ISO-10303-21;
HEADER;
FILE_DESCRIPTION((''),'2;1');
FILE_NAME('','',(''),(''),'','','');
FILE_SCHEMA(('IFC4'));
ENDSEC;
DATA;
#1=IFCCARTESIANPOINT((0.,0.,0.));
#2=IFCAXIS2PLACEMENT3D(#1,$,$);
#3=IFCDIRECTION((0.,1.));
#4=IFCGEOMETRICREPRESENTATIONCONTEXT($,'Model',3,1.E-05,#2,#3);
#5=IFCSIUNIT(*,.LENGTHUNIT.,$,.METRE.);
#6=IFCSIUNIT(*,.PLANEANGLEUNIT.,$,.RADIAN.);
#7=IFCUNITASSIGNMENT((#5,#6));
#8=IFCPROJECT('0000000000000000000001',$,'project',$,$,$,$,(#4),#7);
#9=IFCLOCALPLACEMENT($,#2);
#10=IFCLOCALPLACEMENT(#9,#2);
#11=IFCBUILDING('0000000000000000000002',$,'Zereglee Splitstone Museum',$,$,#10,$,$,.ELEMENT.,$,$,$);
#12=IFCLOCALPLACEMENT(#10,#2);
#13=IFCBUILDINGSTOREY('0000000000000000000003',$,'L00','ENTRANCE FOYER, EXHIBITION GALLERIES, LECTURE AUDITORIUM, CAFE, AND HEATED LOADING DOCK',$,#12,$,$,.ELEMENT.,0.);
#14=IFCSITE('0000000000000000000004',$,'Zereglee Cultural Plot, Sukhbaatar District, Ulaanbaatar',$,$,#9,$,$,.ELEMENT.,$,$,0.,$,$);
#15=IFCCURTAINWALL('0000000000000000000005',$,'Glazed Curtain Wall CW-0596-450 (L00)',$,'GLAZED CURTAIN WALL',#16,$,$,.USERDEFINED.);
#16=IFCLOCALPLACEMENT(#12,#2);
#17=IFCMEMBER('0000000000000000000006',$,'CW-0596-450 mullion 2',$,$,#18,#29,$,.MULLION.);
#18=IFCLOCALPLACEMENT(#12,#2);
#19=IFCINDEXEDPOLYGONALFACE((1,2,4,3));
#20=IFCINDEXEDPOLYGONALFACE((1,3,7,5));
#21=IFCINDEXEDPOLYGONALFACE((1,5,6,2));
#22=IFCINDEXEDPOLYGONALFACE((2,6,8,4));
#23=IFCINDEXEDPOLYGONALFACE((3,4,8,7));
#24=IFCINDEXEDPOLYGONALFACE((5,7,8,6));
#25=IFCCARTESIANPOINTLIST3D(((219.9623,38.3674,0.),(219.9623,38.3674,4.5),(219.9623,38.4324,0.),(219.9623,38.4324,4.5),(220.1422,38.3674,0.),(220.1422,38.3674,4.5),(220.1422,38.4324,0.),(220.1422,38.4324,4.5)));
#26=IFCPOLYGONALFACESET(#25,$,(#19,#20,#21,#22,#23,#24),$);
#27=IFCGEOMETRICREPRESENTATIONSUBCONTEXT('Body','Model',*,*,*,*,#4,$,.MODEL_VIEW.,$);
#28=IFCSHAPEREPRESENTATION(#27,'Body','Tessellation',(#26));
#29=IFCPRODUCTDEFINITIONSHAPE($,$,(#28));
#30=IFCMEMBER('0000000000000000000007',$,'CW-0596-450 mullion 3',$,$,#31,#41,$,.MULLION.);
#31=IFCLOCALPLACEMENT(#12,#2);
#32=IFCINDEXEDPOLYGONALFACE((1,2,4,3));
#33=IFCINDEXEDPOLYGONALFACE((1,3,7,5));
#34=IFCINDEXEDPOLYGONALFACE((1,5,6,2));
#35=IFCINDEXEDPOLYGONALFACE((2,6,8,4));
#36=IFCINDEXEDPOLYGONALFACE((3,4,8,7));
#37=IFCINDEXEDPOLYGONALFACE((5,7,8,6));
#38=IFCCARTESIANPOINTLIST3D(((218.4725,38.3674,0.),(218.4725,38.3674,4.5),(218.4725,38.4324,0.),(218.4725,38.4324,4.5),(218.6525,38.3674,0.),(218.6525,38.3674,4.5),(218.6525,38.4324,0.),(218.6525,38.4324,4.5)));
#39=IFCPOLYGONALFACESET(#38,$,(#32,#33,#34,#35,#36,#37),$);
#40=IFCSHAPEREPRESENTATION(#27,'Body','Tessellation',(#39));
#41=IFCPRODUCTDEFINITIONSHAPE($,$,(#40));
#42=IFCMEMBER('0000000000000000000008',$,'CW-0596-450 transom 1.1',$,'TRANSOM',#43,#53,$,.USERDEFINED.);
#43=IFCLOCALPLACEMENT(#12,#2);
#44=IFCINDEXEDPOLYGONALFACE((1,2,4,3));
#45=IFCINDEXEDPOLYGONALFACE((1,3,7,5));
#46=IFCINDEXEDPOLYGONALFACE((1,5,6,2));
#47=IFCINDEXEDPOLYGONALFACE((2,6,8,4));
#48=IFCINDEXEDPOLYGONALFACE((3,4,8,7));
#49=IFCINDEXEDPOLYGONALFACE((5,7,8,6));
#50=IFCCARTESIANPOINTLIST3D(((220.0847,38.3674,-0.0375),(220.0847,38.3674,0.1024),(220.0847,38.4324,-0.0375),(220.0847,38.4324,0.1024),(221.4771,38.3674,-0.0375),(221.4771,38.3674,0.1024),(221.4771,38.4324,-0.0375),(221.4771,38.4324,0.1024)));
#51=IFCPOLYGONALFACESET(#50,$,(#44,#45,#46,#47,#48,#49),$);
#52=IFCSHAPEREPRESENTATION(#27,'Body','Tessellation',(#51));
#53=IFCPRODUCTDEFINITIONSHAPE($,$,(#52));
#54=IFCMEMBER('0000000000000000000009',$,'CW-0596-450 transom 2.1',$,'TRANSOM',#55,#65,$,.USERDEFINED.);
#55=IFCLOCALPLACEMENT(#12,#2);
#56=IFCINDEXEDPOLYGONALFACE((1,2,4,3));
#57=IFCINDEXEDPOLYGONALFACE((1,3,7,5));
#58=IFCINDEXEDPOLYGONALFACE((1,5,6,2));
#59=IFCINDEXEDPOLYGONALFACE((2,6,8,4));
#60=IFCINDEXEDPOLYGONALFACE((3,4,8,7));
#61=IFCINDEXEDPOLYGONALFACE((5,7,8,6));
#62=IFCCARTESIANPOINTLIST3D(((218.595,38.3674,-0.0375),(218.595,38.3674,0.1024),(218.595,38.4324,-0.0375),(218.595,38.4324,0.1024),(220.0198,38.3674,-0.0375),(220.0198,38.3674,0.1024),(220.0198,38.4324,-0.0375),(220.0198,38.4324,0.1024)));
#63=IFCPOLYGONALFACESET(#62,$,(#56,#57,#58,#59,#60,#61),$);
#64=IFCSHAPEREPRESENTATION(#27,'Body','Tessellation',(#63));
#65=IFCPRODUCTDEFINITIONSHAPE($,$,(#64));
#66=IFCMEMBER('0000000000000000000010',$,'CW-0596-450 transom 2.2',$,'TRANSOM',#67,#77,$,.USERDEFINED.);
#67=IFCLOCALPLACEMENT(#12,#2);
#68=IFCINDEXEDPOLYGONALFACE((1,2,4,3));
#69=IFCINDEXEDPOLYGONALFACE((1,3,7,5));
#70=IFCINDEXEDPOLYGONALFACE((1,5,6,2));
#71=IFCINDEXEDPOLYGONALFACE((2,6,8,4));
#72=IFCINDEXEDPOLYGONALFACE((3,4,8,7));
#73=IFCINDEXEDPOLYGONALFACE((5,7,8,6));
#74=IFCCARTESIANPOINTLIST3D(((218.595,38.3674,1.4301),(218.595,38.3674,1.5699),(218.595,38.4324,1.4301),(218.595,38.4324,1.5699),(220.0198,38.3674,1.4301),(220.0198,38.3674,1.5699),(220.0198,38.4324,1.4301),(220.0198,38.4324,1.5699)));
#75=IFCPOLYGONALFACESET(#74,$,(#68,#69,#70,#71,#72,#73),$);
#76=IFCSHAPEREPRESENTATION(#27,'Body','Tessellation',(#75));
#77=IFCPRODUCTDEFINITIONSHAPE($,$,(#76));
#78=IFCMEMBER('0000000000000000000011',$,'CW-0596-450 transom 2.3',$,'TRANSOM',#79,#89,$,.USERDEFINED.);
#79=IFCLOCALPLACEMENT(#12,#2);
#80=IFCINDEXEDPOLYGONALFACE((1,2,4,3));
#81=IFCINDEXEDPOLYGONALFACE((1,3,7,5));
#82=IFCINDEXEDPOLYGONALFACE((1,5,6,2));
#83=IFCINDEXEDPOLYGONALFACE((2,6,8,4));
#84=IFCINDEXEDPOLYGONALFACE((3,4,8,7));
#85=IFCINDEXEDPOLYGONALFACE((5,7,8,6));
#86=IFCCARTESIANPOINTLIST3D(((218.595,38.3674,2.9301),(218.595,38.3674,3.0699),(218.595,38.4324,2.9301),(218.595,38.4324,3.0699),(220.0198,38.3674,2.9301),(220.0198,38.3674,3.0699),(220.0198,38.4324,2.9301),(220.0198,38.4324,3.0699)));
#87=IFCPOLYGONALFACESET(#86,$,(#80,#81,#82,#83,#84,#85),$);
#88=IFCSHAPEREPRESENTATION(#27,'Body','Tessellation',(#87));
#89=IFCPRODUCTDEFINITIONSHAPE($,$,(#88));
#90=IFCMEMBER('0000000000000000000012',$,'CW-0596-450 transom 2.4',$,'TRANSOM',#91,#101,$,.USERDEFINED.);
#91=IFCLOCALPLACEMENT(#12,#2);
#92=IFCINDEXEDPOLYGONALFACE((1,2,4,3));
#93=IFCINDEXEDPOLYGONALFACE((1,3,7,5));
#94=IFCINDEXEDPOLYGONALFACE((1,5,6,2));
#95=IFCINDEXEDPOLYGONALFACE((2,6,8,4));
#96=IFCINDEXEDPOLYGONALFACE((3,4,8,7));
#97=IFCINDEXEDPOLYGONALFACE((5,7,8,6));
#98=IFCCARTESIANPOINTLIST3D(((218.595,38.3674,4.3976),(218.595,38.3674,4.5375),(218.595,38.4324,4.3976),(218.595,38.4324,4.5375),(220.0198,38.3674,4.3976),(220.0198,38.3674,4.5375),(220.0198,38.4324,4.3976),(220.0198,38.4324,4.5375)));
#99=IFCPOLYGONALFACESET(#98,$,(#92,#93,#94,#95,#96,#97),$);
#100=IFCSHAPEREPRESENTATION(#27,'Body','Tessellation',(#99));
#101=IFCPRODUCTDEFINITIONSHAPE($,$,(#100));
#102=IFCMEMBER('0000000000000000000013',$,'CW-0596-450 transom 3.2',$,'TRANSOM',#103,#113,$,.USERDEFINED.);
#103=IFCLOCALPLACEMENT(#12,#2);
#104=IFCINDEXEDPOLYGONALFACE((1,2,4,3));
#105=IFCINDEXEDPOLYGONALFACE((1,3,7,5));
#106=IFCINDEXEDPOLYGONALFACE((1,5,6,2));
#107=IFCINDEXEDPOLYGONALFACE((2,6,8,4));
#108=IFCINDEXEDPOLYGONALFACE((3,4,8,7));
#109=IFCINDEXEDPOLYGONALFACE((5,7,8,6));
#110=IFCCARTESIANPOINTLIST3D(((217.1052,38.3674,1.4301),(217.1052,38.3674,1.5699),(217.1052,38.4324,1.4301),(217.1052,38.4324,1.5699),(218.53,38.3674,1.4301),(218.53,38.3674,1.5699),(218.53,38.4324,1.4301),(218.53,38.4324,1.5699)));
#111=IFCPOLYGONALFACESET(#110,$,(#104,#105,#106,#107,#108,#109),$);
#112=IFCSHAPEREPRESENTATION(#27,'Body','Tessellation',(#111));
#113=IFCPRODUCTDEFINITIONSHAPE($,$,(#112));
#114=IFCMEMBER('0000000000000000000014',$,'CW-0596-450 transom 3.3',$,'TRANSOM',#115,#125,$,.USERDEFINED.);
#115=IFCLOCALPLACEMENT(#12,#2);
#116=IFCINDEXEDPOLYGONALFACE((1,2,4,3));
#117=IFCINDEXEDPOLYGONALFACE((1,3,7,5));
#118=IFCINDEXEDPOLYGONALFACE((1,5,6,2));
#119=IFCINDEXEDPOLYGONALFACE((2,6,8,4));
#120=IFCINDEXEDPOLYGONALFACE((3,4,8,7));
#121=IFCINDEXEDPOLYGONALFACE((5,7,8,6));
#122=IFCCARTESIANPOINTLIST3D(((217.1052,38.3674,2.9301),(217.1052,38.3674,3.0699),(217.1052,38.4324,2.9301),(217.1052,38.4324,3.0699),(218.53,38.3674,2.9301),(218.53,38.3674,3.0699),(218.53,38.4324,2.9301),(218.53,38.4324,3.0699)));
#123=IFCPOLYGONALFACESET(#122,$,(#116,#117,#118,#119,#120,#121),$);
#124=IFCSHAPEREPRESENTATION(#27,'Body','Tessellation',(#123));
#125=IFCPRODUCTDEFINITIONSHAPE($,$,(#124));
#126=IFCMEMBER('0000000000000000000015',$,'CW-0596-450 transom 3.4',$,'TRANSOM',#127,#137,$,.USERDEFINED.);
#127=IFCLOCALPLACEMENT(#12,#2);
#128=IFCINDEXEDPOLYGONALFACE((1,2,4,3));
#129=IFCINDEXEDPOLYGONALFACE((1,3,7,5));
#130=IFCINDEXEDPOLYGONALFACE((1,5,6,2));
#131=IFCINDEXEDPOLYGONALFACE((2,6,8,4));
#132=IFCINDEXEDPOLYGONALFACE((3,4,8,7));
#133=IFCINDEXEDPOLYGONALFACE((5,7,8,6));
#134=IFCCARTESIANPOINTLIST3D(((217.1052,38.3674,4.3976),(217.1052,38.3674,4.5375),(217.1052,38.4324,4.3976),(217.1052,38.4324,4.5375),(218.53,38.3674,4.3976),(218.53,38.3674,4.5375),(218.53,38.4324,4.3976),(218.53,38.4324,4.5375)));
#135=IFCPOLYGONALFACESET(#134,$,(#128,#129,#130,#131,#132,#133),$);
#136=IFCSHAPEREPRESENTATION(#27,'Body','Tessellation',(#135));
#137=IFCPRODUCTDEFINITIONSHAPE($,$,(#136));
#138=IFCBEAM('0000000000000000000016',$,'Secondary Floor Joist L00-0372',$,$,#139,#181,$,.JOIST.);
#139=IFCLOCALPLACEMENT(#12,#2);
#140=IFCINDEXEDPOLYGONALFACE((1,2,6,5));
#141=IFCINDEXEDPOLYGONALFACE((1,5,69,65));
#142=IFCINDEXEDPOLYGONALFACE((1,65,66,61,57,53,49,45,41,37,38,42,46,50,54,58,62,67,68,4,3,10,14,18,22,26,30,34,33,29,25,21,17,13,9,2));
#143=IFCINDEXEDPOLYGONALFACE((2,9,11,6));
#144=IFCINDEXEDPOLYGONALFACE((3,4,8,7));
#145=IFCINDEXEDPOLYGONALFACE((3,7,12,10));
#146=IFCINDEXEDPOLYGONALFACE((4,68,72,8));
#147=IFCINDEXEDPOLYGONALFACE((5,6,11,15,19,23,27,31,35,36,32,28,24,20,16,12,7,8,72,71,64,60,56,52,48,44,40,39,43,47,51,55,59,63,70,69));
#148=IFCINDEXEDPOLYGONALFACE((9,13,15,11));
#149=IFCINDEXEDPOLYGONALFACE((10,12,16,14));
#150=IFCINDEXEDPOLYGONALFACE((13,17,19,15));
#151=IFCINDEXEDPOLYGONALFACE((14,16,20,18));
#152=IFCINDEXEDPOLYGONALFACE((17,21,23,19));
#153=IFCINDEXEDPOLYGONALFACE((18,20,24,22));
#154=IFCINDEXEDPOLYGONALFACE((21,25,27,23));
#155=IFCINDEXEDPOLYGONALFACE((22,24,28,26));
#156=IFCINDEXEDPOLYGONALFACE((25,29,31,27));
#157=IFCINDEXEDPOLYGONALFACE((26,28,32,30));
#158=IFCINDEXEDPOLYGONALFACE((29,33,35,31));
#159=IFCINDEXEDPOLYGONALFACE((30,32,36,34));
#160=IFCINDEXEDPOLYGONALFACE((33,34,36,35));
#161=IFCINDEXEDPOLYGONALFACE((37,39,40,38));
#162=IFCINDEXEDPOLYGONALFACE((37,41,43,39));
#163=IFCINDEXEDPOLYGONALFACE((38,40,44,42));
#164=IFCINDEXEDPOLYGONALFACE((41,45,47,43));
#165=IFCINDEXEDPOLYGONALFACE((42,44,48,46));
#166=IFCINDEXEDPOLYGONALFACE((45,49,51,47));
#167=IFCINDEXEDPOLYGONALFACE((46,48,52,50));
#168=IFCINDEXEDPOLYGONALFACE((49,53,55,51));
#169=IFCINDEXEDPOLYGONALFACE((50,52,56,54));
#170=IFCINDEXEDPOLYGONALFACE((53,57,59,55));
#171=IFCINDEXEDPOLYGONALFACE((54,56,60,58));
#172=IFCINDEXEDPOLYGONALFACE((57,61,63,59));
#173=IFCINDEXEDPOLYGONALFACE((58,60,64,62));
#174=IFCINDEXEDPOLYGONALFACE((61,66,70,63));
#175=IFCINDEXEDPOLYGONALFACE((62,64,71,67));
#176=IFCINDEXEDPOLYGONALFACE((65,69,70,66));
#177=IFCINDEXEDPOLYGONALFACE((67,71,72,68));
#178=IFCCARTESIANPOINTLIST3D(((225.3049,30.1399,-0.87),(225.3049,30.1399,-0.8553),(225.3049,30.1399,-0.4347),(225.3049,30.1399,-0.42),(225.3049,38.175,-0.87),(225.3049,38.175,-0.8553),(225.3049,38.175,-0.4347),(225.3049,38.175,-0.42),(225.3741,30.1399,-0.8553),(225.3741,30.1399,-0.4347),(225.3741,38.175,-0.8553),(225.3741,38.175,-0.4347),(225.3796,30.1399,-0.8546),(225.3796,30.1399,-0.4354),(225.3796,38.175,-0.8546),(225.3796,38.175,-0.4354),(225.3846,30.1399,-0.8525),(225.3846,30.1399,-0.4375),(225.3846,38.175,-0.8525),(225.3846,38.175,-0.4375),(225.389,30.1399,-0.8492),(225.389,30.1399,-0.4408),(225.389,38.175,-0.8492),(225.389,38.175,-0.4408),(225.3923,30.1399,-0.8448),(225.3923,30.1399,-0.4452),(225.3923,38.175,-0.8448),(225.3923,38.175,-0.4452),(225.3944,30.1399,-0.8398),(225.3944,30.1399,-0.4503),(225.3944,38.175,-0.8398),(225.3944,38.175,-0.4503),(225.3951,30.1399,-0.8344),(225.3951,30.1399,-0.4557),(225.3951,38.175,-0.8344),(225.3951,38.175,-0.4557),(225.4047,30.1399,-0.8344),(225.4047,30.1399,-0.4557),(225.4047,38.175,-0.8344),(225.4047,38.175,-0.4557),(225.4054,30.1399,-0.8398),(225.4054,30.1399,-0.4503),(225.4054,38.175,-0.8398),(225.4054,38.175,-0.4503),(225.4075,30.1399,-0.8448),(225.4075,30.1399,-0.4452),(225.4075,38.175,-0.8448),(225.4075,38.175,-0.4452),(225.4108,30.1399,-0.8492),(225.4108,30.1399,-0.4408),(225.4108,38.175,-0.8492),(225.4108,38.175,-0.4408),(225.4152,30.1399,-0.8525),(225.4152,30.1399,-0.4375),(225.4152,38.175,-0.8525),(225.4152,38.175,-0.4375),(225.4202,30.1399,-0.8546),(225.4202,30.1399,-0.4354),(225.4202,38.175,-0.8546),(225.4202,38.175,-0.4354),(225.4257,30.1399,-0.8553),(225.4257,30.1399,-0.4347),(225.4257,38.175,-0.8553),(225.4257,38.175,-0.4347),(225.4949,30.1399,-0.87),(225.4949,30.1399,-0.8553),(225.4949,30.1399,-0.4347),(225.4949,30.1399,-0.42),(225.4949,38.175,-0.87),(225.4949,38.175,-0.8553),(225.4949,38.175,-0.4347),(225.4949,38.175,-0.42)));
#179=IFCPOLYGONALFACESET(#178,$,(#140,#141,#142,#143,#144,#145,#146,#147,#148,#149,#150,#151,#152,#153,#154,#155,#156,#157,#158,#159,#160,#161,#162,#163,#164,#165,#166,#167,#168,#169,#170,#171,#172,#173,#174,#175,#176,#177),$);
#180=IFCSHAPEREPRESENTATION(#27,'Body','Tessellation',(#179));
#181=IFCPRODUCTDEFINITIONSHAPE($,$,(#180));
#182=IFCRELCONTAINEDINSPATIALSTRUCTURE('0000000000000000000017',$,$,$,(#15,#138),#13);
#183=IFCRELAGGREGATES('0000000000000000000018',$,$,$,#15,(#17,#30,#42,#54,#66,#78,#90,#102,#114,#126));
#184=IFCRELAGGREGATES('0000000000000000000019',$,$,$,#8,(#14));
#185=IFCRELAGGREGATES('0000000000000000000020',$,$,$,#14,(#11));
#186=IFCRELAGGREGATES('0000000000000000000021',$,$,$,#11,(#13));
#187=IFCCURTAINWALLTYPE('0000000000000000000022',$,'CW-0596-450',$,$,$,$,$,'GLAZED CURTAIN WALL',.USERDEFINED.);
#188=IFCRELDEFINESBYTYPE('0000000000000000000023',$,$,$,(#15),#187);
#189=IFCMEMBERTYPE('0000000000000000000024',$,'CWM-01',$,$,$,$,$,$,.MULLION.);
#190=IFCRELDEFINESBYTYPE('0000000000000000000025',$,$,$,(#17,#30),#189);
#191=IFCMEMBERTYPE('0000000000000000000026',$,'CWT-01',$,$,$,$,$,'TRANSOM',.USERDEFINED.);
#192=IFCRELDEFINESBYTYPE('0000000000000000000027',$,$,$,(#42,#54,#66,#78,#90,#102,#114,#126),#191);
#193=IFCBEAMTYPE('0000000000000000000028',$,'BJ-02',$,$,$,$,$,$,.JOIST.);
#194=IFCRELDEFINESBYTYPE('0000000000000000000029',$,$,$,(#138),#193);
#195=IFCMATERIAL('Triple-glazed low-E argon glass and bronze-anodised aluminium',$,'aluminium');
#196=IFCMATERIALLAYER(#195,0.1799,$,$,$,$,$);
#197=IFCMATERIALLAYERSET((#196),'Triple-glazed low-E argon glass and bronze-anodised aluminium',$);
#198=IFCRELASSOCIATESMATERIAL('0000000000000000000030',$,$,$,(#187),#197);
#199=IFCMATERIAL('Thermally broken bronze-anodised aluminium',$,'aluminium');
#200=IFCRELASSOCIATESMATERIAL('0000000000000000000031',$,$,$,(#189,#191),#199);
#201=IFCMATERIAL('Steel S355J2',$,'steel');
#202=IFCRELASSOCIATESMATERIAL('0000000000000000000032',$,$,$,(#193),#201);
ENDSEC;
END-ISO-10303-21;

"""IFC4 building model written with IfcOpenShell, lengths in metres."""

from ifc_helpers import new_model, si_unit, direction, frame, origin, origin_2d, place, context, subcontext, project, spatial, rectangle, i_section, extrude, material, layer, layer_set, material_profile, profile_set, type_object, element, aggregate, save


model = new_model("IFC4")

# Units and contexts
model_context = context("Model", 3, precision=1e-05, world=origin(), true_north=direction((0.0, 1.0)))
body_context = subcontext(model_context, "Body", "Model", "MODEL_VIEW")
ifc_project = project(units=[si_unit("LENGTHUNIT", "METRE"), si_unit("PLANEANGLEUNIT", "RADIAN")], contexts=[model_context])

# Site, building, storey
site_placement = place(None, origin())
site = spatial("IfcSite", under=ifc_project, at=site_placement, Name="Zereglee Cultural Plot, Sukhbaatar District, Ulaanbaatar", CompositionType="ELEMENT", RefElevation=0.0)
building_placement = place(site_placement, origin())
building = spatial("IfcBuilding", under=site, at=building_placement, Name="Zereglee Splitstone Museum", CompositionType="ELEMENT")
storey_placement = place(building_placement, origin())
storey = spatial("IfcBuildingStorey", under=building, at=storey_placement, Name="L00", Description="ENTRANCE FOYER, EXHIBITION GALLERIES, LECTURE AUDITORIUM, CAFE, AND HEATED LOADING DOCK", CompositionType="ELEMENT", Elevation=0.0)

# Curtain wall, members
ifc_material_1 = material(Name="Triple-glazed low-E argon glass and bronze-anodised aluminium", Category="aluminium")
ifc_layer_1 = layer(ifc_material_1, 0.1799)
ifc_layer_set_1 = layer_set([ifc_layer_1], Name="Triple-glazed low-E argon glass and bronze-anodised aluminium")
curtain_wall_type_1 = type_object("IfcCurtainWallType", Name="CW-0596-450", ElementType="GLAZED CURTAIN WALL", PredefinedType="USERDEFINED", material=ifc_layer_set_1)
curtain_wall_1_placement = place(storey_placement, origin())
curtain_wall_1 = element("IfcCurtainWall", 1, at=curtain_wall_1_placement, inside=storey, type_object=curtain_wall_type_1, Name="Glazed Curtain Wall CW-0596-450 (L00)", ObjectType="GLAZED CURTAIN WALL", PredefinedType="USERDEFINED")
ifc_material_2 = material(Name="Thermally broken bronze-anodised aluminium", Category="aluminium")
ifc_material_profile_1 = material_profile(ifc_material_2, rectangle(XDim=0.0649, YDim=0.1799, at=origin_2d()), Name="CW MULL 65x180")
ifc_profile_set_1 = profile_set([ifc_material_profile_1], Name="Thermally broken bronze-anodised aluminium")
member_type_1 = type_object("IfcMemberType", Name="CWM-01", PredefinedType="MULLION", material=ifc_profile_set_1)
member_1_placement = place(storey_placement, frame((220.0522, 38.3999, 0.0), z_axis=(0.0, 0.0, 1.0), x_axis=(0.0, -1.0, 0.0)))
member_1 = element("IfcMember", 2, at=member_1_placement, type_object=member_type_1, Name="CW-0596-450 mullion 2", PredefinedType="MULLION", context=body_context, shape_type="SweptSolid", body=[
    extrude(rectangle(XDim=0.0649, YDim=0.1799, at=origin_2d()), origin(), (0.0, 0.0, 1.0), 4.5),
])
member_2_placement = place(storey_placement, frame((218.5625, 38.3999, 0.0), z_axis=(0.0, 0.0, 1.0), x_axis=(0.0, -1.0, 0.0)))
member_2 = element("IfcMember", 3, at=member_2_placement, type_object=member_type_1, Name="CW-0596-450 mullion 3", PredefinedType="MULLION", context=body_context, shape_type="SweptSolid", body=[
    extrude(rectangle(XDim=0.0649, YDim=0.1799, at=origin_2d()), origin(), (0.0, 0.0, 1.0), 4.5),
])
ifc_material_profile_2 = material_profile(ifc_material_2, rectangle(XDim=0.0649, YDim=0.1399, at=origin_2d()), Name="CW TRAN 65x140")
ifc_profile_set_2 = profile_set([ifc_material_profile_2], Name="Thermally broken bronze-anodised aluminium")
member_type_2 = type_object("IfcMemberType", Name="CWT-01", ElementType="TRANSOM", PredefinedType="USERDEFINED", material=ifc_profile_set_2)
member_3_placement = place(storey_placement, frame((221.4771, 38.3999, 0.0325), z_axis=(-1.0, 0.0, 0.0), x_axis=(0.0, -1.0, 0.0)))
member_3 = element("IfcMember", 4, at=member_3_placement, type_object=member_type_2, Name="CW-0596-450 transom 1.1", ObjectType="TRANSOM", PredefinedType="USERDEFINED", context=body_context, shape_type="SweptSolid", body=[
    extrude(rectangle(XDim=0.0649, YDim=0.1399, at=origin_2d()), origin(), (0.0, 0.0, 1.0), 1.3923),
])
member_4_placement = place(storey_placement, frame((220.0198, 38.3999, 0.0325), z_axis=(-1.0, 0.0, 0.0), x_axis=(0.0, -1.0, 0.0)))
member_4 = element("IfcMember", 5, at=member_4_placement, type_object=member_type_2, Name="CW-0596-450 transom 2.1", ObjectType="TRANSOM", PredefinedType="USERDEFINED", context=body_context, shape_type="SweptSolid", body=[
    extrude(rectangle(XDim=0.0649, YDim=0.1399, at=origin_2d()), origin(), (0.0, 0.0, 1.0), 1.4248),
])
member_5_placement = place(storey_placement, frame((220.0198, 38.3999, 1.5), z_axis=(-1.0, 0.0, 0.0), x_axis=(0.0, -1.0, 0.0)))
member_5 = element("IfcMember", 6, at=member_5_placement, type_object=member_type_2, Name="CW-0596-450 transom 2.2", ObjectType="TRANSOM", PredefinedType="USERDEFINED", context=body_context, shape_type="SweptSolid", body=[
    extrude(rectangle(XDim=0.0649, YDim=0.1399, at=origin_2d()), origin(), (0.0, 0.0, 1.0), 1.4248),
])
member_6_placement = place(storey_placement, frame((220.0198, 38.3999, 3.0), z_axis=(-1.0, 0.0, 0.0), x_axis=(0.0, -1.0, 0.0)))
member_6 = element("IfcMember", 7, at=member_6_placement, type_object=member_type_2, Name="CW-0596-450 transom 2.3", ObjectType="TRANSOM", PredefinedType="USERDEFINED", context=body_context, shape_type="SweptSolid", body=[
    extrude(rectangle(XDim=0.0649, YDim=0.1399, at=origin_2d()), origin(), (0.0, 0.0, 1.0), 1.4248),
])
member_7_placement = place(storey_placement, frame((220.0198, 38.3999, 4.4675), z_axis=(-1.0, 0.0, 0.0), x_axis=(0.0, -1.0, 0.0)))
member_7 = element("IfcMember", 8, at=member_7_placement, type_object=member_type_2, Name="CW-0596-450 transom 2.4", ObjectType="TRANSOM", PredefinedType="USERDEFINED", context=body_context, shape_type="SweptSolid", body=[
    extrude(rectangle(XDim=0.0649, YDim=0.1399, at=origin_2d()), origin(), (0.0, 0.0, 1.0), 1.4248),
])
member_8_placement = place(storey_placement, frame((218.53, 38.3999, 1.5), z_axis=(-1.0, 0.0, 0.0), x_axis=(0.0, -1.0, 0.0)))
member_8 = element("IfcMember", 9, at=member_8_placement, type_object=member_type_2, Name="CW-0596-450 transom 3.2", ObjectType="TRANSOM", PredefinedType="USERDEFINED", context=body_context, shape_type="SweptSolid", body=[
    extrude(rectangle(XDim=0.0649, YDim=0.1399, at=origin_2d()), origin(), (0.0, 0.0, 1.0), 1.4248),
])
member_9_placement = place(storey_placement, frame((218.53, 38.3999, 3.0), z_axis=(-1.0, 0.0, 0.0), x_axis=(0.0, -1.0, 0.0)))
member_9 = element("IfcMember", 10, at=member_9_placement, type_object=member_type_2, Name="CW-0596-450 transom 3.3", ObjectType="TRANSOM", PredefinedType="USERDEFINED", context=body_context, shape_type="SweptSolid", body=[
    extrude(rectangle(XDim=0.0649, YDim=0.1399, at=origin_2d()), origin(), (0.0, 0.0, 1.0), 1.4248),
])
member_10_placement = place(storey_placement, frame((218.53, 38.3999, 4.4675), z_axis=(-1.0, 0.0, 0.0), x_axis=(0.0, -1.0, 0.0)))
member_10 = element("IfcMember", 11, at=member_10_placement, type_object=member_type_2, Name="CW-0596-450 transom 3.4", ObjectType="TRANSOM", PredefinedType="USERDEFINED", context=body_context, shape_type="SweptSolid", body=[
    extrude(rectangle(XDim=0.0649, YDim=0.1399, at=origin_2d()), origin(), (0.0, 0.0, 1.0), 1.4248),
])

# Beam
ifc_material_3 = material(Name="Steel S355J2", Category="steel")
ifc_material_profile_3 = material_profile(ifc_material_3, i_section(OverallWidth=0.1899, OverallDepth=0.45, WebThickness=0.0095, FlangeThickness=0.0146, FilletRadius=0.021, at=origin_2d()), Name="IPE 450")
ifc_profile_set_3 = profile_set([ifc_material_profile_3], Name="Steel S355J2")
beam_type_1 = type_object("IfcBeamType", Name="BJ-02", PredefinedType="JOIST", material=ifc_profile_set_3)
beam_1_placement = place(storey_placement, frame((225.3999, 30.1399, -0.645), z_axis=(0.0, 1.0, 0.0), x_axis=(-1.0, 0.0, 0.0)))
element("IfcBeam", 12, at=beam_1_placement, inside=storey, type_object=beam_type_1, Name="Secondary Floor Joist L00-0372", PredefinedType="JOIST", context=body_context, shape_type="SweptSolid", body=[
    extrude(i_section(OverallWidth=0.1899, OverallDepth=0.45, WebThickness=0.0095, FlangeThickness=0.0146, FilletRadius=0.021, at=origin_2d()), origin(), (0.0, 0.0, 1.0), 8.0352),
])

aggregate(curtain_wall_1, [member_1, member_2, member_3, member_4, member_5, member_6, member_7, member_8, member_9, member_10])

save(model, "model.ifc")
